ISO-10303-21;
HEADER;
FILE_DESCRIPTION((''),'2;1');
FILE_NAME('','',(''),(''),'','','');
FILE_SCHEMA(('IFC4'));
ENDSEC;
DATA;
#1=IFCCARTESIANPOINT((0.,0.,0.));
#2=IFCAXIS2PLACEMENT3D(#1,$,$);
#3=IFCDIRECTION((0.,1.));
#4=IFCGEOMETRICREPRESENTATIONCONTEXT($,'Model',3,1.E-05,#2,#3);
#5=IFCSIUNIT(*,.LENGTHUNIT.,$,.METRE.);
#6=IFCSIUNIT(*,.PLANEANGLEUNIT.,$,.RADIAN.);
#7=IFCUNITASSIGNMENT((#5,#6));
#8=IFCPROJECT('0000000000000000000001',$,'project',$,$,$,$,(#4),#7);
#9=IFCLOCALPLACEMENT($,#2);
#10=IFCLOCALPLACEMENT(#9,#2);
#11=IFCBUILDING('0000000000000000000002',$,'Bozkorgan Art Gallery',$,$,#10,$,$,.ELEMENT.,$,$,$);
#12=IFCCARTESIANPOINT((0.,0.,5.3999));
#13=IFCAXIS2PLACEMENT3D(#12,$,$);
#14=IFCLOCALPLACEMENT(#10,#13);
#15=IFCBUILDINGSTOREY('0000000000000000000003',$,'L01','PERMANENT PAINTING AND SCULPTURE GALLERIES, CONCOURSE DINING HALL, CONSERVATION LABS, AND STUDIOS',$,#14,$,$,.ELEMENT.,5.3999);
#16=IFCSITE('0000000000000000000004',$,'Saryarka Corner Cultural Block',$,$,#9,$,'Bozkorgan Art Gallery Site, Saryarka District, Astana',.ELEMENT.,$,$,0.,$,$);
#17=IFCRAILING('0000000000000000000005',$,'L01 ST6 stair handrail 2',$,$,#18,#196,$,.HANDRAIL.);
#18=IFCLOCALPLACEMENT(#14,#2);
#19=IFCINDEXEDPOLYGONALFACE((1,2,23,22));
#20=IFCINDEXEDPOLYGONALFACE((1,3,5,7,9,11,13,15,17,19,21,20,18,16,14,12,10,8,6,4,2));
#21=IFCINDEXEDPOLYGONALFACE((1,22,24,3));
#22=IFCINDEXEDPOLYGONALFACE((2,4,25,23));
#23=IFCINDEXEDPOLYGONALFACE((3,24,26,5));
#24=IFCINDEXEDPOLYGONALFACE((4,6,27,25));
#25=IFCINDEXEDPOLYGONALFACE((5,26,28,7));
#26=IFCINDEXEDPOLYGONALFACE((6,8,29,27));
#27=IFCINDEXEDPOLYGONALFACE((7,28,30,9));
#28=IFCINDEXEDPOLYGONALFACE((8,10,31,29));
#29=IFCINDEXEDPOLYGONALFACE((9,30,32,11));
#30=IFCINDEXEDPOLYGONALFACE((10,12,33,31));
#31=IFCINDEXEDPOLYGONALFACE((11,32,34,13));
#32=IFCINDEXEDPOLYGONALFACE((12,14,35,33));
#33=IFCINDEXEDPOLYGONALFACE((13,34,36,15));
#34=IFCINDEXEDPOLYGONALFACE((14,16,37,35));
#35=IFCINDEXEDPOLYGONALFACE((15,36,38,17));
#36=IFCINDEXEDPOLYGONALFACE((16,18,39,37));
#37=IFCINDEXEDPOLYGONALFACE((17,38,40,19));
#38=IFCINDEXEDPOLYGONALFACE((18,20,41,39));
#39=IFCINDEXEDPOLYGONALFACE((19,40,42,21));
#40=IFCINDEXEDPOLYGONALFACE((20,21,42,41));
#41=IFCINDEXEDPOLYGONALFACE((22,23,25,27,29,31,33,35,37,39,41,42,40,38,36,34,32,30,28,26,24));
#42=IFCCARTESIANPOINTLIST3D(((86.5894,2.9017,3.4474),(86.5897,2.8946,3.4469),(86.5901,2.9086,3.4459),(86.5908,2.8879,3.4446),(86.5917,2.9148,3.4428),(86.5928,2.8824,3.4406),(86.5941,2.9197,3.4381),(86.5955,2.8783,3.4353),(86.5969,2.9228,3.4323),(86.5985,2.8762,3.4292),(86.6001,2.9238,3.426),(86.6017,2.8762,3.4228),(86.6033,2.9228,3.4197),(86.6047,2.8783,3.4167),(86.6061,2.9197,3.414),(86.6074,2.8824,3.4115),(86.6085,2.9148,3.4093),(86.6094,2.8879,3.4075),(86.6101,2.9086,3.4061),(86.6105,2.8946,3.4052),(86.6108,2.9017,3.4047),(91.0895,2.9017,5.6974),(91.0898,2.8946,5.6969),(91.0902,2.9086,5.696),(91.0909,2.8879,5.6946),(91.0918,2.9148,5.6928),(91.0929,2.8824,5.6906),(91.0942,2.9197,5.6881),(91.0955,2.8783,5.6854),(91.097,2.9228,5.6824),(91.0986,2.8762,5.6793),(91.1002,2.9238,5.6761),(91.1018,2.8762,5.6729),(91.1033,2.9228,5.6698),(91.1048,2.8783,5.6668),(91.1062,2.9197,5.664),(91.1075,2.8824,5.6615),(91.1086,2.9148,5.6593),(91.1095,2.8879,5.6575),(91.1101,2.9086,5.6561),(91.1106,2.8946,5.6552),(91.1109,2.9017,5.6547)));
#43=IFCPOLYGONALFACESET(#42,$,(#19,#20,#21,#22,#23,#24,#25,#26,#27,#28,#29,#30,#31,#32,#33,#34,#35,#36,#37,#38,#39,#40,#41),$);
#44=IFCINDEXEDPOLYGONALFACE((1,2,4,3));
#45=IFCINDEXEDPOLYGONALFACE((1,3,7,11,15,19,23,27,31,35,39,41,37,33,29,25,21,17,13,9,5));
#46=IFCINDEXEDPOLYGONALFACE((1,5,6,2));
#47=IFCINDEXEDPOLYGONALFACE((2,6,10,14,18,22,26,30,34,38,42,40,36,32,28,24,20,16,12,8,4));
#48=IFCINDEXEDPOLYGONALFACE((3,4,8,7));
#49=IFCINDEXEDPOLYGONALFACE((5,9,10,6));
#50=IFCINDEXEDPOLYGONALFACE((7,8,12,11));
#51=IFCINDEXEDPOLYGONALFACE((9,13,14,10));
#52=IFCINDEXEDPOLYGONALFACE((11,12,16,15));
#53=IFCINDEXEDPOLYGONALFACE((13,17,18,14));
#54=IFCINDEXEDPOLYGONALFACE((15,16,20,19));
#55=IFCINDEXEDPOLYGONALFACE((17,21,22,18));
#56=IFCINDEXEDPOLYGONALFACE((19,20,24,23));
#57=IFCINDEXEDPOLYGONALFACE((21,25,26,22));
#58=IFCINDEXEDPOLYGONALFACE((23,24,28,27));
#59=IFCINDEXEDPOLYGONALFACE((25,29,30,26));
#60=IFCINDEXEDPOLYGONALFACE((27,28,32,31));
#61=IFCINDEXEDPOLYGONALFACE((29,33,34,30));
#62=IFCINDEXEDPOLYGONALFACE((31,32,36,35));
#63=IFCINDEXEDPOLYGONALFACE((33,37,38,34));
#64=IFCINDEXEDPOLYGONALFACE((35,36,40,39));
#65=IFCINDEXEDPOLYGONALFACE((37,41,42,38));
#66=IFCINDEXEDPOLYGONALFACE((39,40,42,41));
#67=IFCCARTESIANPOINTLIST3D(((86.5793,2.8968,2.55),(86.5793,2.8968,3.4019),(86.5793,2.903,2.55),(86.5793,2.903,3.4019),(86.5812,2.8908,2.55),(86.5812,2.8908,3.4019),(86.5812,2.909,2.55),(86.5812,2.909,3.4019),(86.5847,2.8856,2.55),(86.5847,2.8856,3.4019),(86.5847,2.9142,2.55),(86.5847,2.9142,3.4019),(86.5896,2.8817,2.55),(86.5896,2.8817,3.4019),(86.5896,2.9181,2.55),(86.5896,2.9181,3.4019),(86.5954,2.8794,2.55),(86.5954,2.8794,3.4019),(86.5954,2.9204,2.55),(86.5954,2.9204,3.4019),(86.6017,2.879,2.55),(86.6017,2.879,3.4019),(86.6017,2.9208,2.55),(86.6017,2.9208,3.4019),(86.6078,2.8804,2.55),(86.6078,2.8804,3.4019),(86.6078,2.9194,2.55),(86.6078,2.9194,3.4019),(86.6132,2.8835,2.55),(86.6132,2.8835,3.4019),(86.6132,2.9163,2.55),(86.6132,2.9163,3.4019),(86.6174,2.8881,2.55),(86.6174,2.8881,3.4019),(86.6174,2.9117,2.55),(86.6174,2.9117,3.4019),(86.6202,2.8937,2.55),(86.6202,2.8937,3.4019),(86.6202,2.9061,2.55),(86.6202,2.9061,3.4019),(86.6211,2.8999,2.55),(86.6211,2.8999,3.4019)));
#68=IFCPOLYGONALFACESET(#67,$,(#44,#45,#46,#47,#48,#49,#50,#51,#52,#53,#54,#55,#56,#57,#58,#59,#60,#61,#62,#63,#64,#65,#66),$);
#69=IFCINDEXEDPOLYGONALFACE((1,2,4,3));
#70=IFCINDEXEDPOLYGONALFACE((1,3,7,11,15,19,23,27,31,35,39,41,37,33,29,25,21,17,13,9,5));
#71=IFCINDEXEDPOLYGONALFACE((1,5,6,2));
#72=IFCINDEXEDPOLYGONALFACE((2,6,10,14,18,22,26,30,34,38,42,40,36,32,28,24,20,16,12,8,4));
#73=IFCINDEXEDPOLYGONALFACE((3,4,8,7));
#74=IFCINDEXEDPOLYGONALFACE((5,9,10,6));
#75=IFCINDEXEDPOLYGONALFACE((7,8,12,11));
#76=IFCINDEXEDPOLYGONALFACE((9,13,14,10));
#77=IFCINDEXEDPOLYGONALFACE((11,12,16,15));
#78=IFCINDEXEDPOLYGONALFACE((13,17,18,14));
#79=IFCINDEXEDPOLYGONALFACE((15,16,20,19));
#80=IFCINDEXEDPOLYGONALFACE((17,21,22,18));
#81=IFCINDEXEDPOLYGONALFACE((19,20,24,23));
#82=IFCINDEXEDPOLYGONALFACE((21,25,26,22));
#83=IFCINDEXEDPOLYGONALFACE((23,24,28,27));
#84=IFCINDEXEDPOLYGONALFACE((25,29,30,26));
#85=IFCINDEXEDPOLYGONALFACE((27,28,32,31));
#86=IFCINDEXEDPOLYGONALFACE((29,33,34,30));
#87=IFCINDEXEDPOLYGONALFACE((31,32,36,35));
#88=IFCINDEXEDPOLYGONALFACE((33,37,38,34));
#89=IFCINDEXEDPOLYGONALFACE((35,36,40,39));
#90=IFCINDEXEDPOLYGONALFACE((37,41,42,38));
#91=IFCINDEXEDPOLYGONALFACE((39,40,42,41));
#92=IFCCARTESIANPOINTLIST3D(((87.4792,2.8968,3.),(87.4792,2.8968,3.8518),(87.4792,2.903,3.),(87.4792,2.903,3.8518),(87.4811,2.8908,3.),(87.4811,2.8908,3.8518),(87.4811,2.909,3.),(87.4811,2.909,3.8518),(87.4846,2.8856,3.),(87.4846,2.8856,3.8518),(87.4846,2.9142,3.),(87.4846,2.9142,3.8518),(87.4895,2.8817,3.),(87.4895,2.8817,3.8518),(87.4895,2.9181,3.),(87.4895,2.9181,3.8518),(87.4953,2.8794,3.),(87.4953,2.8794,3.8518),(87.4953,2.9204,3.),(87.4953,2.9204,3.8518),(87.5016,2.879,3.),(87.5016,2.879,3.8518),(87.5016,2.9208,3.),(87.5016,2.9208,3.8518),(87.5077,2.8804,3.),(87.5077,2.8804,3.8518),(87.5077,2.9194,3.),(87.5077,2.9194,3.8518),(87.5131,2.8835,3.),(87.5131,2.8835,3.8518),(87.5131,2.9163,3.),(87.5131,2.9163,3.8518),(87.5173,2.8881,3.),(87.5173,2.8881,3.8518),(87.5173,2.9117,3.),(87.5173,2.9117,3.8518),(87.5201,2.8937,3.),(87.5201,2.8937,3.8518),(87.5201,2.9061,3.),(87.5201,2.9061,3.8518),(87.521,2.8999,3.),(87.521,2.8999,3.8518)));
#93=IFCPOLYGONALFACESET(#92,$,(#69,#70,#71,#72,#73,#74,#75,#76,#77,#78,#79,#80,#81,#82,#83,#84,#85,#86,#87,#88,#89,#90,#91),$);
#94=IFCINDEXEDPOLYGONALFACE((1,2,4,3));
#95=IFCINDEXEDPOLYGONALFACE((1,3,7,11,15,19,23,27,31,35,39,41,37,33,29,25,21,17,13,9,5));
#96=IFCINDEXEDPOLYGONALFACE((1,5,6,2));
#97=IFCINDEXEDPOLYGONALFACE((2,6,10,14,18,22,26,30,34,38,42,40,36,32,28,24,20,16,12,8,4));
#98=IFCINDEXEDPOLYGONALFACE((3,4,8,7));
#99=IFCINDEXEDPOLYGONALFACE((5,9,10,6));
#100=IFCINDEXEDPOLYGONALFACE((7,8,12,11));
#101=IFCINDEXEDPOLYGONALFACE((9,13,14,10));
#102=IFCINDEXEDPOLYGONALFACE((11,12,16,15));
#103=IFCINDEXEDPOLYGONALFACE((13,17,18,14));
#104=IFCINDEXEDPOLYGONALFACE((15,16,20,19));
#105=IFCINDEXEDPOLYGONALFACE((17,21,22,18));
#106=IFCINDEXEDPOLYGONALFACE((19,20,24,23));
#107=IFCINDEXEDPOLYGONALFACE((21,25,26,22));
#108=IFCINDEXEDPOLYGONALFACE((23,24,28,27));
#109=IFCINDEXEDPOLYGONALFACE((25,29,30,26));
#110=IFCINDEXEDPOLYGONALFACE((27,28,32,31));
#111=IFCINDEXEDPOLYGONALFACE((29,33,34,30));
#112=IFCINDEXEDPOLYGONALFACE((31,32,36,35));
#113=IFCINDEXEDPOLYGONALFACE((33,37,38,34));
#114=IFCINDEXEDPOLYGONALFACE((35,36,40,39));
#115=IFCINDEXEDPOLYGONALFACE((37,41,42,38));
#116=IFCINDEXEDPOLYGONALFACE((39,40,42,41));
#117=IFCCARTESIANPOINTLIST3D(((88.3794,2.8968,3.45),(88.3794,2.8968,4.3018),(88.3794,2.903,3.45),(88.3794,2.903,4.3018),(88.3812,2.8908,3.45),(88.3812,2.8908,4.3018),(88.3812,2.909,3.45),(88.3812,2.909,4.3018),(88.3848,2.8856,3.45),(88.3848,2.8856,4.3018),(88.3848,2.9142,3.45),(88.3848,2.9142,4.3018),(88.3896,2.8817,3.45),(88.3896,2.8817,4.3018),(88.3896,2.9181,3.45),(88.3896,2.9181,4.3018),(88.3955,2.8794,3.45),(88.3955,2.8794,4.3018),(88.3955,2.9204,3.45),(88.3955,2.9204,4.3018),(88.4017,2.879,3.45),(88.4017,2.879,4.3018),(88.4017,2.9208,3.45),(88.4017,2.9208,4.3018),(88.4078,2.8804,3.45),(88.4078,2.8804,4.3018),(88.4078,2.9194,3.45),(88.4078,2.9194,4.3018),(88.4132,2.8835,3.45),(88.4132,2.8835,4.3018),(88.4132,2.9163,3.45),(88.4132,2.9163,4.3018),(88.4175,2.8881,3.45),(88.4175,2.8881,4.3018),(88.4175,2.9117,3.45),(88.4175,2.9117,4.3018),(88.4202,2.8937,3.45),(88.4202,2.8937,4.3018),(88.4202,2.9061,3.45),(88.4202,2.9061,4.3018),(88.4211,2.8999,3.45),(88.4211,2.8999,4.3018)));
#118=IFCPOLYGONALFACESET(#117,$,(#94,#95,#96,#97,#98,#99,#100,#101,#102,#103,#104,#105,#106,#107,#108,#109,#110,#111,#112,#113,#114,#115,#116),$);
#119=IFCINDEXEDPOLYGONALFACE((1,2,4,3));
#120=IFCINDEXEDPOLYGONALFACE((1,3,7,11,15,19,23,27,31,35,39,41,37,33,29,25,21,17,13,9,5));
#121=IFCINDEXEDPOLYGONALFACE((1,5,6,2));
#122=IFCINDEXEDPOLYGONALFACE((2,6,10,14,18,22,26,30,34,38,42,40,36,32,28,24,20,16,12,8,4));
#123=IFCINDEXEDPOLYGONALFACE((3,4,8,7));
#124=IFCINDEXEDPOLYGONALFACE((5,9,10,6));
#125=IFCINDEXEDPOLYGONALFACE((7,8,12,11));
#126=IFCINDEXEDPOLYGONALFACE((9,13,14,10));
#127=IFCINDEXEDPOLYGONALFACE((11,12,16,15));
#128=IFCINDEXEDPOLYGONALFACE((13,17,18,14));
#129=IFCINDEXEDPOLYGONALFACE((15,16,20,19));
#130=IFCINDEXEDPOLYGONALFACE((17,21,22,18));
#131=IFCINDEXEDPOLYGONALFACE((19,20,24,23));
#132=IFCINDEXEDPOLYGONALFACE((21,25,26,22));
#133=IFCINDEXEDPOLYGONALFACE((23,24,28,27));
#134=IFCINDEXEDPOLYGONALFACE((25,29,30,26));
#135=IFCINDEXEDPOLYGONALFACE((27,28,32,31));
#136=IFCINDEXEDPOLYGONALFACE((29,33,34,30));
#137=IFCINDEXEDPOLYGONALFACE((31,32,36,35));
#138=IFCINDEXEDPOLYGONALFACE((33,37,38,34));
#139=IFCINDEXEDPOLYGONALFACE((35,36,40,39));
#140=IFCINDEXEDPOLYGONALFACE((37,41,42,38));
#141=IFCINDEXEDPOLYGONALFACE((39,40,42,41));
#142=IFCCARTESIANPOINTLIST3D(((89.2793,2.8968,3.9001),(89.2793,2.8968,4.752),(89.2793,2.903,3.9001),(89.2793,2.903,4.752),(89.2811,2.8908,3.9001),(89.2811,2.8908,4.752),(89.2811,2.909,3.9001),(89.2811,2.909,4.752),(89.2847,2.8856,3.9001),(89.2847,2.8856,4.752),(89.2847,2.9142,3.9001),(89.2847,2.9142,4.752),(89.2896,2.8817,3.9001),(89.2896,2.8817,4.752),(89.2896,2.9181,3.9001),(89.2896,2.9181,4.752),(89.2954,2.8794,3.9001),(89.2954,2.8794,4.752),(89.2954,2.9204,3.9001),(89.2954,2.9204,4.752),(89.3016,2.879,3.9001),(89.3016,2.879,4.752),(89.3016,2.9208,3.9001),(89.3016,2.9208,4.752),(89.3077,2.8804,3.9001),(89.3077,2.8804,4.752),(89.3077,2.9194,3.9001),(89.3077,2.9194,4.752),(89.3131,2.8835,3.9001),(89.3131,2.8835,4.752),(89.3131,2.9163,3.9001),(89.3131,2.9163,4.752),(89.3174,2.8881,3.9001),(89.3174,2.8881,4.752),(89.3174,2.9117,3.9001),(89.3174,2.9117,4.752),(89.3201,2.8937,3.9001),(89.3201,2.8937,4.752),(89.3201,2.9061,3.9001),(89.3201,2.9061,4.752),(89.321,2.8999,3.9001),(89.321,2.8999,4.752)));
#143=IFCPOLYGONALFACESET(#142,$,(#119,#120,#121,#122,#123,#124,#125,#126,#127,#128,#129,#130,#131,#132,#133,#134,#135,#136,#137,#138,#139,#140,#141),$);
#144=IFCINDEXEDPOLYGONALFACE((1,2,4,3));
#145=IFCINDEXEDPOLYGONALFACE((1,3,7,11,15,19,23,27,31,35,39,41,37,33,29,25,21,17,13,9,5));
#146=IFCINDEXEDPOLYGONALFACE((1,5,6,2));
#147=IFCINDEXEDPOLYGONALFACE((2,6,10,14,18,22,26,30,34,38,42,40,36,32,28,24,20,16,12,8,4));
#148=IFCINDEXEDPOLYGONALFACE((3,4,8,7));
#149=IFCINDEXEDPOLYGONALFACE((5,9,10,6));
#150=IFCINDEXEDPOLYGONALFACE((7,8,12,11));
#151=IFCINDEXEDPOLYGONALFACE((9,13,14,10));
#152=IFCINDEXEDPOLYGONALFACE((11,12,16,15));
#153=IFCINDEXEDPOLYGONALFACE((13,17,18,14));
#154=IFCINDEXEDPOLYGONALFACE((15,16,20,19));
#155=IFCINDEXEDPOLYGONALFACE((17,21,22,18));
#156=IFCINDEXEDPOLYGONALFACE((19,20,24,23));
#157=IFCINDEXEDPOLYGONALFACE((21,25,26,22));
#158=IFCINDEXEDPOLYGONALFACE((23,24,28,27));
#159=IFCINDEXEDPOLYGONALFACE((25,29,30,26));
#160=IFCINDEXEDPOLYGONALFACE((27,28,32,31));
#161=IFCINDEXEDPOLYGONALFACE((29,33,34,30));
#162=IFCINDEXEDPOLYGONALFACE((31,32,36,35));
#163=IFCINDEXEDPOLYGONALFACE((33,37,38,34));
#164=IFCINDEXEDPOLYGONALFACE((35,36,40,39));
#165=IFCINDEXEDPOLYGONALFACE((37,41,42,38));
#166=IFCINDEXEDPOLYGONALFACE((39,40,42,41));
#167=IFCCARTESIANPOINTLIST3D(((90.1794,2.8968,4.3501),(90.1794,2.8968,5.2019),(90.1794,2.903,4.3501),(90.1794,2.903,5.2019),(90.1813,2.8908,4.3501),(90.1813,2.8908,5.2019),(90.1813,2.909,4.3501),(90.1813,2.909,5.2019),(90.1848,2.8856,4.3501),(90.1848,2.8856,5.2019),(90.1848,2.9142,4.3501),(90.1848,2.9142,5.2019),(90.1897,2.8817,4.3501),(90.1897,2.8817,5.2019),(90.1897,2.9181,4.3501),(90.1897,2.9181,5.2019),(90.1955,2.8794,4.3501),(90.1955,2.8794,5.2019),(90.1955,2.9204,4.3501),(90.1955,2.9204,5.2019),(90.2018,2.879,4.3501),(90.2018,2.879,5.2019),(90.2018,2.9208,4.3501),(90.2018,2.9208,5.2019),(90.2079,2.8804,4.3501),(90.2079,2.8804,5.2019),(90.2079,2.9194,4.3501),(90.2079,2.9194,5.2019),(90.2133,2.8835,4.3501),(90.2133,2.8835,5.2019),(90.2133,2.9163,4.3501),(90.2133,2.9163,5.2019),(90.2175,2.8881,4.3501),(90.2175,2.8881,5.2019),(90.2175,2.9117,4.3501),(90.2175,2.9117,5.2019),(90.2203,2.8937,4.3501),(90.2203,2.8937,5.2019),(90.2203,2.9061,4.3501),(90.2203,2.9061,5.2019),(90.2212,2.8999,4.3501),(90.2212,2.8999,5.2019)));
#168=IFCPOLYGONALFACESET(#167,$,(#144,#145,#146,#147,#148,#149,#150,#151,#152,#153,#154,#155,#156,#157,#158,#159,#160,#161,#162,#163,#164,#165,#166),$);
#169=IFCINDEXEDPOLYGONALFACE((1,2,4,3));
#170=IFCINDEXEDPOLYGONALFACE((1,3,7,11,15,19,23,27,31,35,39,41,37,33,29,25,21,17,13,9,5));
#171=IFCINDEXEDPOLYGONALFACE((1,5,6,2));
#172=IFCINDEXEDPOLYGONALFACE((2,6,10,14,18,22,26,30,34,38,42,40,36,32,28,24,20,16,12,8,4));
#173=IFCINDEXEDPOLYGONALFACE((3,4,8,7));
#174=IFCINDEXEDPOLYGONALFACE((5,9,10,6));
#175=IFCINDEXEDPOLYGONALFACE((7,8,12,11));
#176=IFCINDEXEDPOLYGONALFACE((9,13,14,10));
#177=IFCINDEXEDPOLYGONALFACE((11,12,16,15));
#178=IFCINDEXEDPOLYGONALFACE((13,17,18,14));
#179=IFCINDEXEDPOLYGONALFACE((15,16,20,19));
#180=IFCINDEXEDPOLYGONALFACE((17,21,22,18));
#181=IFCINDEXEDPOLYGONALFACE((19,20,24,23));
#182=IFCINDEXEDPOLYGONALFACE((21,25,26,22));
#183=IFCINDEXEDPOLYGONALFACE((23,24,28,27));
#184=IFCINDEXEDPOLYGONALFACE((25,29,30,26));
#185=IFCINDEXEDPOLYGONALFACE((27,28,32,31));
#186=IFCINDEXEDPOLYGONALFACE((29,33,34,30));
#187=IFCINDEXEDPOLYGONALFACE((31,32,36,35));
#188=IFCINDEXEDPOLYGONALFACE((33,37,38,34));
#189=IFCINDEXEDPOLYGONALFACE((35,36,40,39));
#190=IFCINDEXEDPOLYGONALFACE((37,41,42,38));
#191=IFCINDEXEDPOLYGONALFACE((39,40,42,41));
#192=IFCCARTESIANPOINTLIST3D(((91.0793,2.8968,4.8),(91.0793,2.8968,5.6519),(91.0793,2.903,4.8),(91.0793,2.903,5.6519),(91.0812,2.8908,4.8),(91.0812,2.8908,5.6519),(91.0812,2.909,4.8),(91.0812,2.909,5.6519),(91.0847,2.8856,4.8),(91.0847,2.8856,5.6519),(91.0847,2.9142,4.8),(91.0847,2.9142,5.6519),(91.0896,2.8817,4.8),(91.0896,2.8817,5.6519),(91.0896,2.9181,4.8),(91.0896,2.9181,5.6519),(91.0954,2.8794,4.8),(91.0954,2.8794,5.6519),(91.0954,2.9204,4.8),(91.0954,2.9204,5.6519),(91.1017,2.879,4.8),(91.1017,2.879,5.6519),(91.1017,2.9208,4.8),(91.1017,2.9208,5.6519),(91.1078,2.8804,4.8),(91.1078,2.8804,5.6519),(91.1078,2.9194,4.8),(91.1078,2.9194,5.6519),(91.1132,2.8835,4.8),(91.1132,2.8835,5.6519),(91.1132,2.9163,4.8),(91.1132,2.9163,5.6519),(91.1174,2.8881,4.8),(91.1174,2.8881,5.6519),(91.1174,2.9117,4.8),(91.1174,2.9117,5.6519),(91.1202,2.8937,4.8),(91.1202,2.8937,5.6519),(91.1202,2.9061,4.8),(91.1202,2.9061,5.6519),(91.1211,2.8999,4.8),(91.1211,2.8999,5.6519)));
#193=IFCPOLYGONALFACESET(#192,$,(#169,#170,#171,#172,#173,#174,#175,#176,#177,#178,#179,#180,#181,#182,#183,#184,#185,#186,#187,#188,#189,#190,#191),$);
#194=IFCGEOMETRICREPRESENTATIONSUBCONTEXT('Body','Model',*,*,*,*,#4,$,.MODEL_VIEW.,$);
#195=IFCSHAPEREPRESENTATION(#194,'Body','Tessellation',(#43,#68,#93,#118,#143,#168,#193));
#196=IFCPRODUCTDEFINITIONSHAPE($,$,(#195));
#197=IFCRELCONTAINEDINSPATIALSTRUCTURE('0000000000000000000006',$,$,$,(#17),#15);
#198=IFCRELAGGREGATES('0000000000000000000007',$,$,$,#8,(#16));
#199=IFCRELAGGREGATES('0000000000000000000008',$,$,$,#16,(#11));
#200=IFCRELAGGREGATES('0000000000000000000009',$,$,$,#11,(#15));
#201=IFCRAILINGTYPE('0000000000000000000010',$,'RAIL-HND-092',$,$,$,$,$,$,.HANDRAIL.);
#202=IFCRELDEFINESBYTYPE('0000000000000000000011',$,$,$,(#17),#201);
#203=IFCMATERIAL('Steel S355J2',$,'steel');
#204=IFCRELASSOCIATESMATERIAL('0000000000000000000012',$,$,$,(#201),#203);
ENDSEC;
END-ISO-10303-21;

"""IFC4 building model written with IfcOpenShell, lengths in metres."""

from ifc_helpers import new_model, si_unit, direction, frame, origin, origin_2d, place, context, subcontext, project, spatial, circle, extrude, material, type_object, element, save


model = new_model("IFC4")

# Units and contexts
model_context = context("Model", 3, precision=1e-05, world=origin(), true_north=direction((0.0, 1.0)))
body_context = subcontext(model_context, "Body", "Model", "MODEL_VIEW")
ifc_project = project(units=[si_unit("LENGTHUNIT", "METRE"), si_unit("PLANEANGLEUNIT", "RADIAN")], contexts=[model_context])

# Site, building, storey
site_placement = place(None, origin())
site = spatial("IfcSite", under=ifc_project, at=site_placement, Name="Saryarka Corner Cultural Block", LongName="Bozkorgan Art Gallery Site, Saryarka District, Astana", CompositionType="ELEMENT", RefElevation=0.0)
building_placement = place(site_placement, origin())
building = spatial("IfcBuilding", under=site, at=building_placement, Name="Bozkorgan Art Gallery", CompositionType="ELEMENT")
storey_placement = place(building_placement, frame((0.0, 0.0, 5.3999)))
storey = spatial("IfcBuildingStorey", under=building, at=storey_placement, Name="L01", Description="PERMANENT PAINTING AND SCULPTURE GALLERIES, CONCOURSE DINING HALL, CONSERVATION LABS, AND STUDIOS", CompositionType="ELEMENT", Elevation=5.3999)

# Shared definitions
ifc_material_1 = material(Name="Steel S355J2", Category="steel")

# Railing
railing_type_1 = type_object("IfcRailingType", Name="RAIL-HND-092", PredefinedType="HANDRAIL", material=ifc_material_1)
railing_1_placement = place(storey_placement, frame((86.6001, 2.8999, 2.55)))
element("IfcRailing", 1, at=railing_1_placement, inside=storey, type_object=railing_type_1, Name="L01 ST6 stair handrail 2", PredefinedType="HANDRAIL", context=body_context, shape_type="SweptSolid", body=[
    extrude(circle(Radius=0.0239, at=origin_2d()), frame((0.0, 0.0, 0.876), z_axis=(0.894427, 0.0, 0.447214), x_axis=(0.0, 1.0, 0.0)), (0.0, 0.0, 1.0), 5.0312),
    extrude(circle(Radius=0.021, at=origin_2d()), origin(), (0.0, 0.0, 1.0), 0.8518),
    extrude(circle(Radius=0.021, at=origin_2d()), frame((0.8999, 0.0, 0.45)), (0.0, 0.0, 1.0), 0.8518),
    extrude(circle(Radius=0.021, at=origin_2d()), frame((1.8, 0.0, 0.8999)), (0.0, 0.0, 1.0), 0.8518),
    extrude(circle(Radius=0.021, at=origin_2d()), frame((2.7, 0.0, 1.3501)), (0.0, 0.0, 1.0), 0.8518),
    extrude(circle(Radius=0.021, at=origin_2d()), frame((3.6001, 0.0, 1.8)), (0.0, 0.0, 1.0), 0.8518),
    extrude(circle(Radius=0.021, at=origin_2d()), frame((4.5, 0.0, 2.25)), (0.0, 0.0, 1.0), 0.8518),
])

save(model, "model.ifc")
